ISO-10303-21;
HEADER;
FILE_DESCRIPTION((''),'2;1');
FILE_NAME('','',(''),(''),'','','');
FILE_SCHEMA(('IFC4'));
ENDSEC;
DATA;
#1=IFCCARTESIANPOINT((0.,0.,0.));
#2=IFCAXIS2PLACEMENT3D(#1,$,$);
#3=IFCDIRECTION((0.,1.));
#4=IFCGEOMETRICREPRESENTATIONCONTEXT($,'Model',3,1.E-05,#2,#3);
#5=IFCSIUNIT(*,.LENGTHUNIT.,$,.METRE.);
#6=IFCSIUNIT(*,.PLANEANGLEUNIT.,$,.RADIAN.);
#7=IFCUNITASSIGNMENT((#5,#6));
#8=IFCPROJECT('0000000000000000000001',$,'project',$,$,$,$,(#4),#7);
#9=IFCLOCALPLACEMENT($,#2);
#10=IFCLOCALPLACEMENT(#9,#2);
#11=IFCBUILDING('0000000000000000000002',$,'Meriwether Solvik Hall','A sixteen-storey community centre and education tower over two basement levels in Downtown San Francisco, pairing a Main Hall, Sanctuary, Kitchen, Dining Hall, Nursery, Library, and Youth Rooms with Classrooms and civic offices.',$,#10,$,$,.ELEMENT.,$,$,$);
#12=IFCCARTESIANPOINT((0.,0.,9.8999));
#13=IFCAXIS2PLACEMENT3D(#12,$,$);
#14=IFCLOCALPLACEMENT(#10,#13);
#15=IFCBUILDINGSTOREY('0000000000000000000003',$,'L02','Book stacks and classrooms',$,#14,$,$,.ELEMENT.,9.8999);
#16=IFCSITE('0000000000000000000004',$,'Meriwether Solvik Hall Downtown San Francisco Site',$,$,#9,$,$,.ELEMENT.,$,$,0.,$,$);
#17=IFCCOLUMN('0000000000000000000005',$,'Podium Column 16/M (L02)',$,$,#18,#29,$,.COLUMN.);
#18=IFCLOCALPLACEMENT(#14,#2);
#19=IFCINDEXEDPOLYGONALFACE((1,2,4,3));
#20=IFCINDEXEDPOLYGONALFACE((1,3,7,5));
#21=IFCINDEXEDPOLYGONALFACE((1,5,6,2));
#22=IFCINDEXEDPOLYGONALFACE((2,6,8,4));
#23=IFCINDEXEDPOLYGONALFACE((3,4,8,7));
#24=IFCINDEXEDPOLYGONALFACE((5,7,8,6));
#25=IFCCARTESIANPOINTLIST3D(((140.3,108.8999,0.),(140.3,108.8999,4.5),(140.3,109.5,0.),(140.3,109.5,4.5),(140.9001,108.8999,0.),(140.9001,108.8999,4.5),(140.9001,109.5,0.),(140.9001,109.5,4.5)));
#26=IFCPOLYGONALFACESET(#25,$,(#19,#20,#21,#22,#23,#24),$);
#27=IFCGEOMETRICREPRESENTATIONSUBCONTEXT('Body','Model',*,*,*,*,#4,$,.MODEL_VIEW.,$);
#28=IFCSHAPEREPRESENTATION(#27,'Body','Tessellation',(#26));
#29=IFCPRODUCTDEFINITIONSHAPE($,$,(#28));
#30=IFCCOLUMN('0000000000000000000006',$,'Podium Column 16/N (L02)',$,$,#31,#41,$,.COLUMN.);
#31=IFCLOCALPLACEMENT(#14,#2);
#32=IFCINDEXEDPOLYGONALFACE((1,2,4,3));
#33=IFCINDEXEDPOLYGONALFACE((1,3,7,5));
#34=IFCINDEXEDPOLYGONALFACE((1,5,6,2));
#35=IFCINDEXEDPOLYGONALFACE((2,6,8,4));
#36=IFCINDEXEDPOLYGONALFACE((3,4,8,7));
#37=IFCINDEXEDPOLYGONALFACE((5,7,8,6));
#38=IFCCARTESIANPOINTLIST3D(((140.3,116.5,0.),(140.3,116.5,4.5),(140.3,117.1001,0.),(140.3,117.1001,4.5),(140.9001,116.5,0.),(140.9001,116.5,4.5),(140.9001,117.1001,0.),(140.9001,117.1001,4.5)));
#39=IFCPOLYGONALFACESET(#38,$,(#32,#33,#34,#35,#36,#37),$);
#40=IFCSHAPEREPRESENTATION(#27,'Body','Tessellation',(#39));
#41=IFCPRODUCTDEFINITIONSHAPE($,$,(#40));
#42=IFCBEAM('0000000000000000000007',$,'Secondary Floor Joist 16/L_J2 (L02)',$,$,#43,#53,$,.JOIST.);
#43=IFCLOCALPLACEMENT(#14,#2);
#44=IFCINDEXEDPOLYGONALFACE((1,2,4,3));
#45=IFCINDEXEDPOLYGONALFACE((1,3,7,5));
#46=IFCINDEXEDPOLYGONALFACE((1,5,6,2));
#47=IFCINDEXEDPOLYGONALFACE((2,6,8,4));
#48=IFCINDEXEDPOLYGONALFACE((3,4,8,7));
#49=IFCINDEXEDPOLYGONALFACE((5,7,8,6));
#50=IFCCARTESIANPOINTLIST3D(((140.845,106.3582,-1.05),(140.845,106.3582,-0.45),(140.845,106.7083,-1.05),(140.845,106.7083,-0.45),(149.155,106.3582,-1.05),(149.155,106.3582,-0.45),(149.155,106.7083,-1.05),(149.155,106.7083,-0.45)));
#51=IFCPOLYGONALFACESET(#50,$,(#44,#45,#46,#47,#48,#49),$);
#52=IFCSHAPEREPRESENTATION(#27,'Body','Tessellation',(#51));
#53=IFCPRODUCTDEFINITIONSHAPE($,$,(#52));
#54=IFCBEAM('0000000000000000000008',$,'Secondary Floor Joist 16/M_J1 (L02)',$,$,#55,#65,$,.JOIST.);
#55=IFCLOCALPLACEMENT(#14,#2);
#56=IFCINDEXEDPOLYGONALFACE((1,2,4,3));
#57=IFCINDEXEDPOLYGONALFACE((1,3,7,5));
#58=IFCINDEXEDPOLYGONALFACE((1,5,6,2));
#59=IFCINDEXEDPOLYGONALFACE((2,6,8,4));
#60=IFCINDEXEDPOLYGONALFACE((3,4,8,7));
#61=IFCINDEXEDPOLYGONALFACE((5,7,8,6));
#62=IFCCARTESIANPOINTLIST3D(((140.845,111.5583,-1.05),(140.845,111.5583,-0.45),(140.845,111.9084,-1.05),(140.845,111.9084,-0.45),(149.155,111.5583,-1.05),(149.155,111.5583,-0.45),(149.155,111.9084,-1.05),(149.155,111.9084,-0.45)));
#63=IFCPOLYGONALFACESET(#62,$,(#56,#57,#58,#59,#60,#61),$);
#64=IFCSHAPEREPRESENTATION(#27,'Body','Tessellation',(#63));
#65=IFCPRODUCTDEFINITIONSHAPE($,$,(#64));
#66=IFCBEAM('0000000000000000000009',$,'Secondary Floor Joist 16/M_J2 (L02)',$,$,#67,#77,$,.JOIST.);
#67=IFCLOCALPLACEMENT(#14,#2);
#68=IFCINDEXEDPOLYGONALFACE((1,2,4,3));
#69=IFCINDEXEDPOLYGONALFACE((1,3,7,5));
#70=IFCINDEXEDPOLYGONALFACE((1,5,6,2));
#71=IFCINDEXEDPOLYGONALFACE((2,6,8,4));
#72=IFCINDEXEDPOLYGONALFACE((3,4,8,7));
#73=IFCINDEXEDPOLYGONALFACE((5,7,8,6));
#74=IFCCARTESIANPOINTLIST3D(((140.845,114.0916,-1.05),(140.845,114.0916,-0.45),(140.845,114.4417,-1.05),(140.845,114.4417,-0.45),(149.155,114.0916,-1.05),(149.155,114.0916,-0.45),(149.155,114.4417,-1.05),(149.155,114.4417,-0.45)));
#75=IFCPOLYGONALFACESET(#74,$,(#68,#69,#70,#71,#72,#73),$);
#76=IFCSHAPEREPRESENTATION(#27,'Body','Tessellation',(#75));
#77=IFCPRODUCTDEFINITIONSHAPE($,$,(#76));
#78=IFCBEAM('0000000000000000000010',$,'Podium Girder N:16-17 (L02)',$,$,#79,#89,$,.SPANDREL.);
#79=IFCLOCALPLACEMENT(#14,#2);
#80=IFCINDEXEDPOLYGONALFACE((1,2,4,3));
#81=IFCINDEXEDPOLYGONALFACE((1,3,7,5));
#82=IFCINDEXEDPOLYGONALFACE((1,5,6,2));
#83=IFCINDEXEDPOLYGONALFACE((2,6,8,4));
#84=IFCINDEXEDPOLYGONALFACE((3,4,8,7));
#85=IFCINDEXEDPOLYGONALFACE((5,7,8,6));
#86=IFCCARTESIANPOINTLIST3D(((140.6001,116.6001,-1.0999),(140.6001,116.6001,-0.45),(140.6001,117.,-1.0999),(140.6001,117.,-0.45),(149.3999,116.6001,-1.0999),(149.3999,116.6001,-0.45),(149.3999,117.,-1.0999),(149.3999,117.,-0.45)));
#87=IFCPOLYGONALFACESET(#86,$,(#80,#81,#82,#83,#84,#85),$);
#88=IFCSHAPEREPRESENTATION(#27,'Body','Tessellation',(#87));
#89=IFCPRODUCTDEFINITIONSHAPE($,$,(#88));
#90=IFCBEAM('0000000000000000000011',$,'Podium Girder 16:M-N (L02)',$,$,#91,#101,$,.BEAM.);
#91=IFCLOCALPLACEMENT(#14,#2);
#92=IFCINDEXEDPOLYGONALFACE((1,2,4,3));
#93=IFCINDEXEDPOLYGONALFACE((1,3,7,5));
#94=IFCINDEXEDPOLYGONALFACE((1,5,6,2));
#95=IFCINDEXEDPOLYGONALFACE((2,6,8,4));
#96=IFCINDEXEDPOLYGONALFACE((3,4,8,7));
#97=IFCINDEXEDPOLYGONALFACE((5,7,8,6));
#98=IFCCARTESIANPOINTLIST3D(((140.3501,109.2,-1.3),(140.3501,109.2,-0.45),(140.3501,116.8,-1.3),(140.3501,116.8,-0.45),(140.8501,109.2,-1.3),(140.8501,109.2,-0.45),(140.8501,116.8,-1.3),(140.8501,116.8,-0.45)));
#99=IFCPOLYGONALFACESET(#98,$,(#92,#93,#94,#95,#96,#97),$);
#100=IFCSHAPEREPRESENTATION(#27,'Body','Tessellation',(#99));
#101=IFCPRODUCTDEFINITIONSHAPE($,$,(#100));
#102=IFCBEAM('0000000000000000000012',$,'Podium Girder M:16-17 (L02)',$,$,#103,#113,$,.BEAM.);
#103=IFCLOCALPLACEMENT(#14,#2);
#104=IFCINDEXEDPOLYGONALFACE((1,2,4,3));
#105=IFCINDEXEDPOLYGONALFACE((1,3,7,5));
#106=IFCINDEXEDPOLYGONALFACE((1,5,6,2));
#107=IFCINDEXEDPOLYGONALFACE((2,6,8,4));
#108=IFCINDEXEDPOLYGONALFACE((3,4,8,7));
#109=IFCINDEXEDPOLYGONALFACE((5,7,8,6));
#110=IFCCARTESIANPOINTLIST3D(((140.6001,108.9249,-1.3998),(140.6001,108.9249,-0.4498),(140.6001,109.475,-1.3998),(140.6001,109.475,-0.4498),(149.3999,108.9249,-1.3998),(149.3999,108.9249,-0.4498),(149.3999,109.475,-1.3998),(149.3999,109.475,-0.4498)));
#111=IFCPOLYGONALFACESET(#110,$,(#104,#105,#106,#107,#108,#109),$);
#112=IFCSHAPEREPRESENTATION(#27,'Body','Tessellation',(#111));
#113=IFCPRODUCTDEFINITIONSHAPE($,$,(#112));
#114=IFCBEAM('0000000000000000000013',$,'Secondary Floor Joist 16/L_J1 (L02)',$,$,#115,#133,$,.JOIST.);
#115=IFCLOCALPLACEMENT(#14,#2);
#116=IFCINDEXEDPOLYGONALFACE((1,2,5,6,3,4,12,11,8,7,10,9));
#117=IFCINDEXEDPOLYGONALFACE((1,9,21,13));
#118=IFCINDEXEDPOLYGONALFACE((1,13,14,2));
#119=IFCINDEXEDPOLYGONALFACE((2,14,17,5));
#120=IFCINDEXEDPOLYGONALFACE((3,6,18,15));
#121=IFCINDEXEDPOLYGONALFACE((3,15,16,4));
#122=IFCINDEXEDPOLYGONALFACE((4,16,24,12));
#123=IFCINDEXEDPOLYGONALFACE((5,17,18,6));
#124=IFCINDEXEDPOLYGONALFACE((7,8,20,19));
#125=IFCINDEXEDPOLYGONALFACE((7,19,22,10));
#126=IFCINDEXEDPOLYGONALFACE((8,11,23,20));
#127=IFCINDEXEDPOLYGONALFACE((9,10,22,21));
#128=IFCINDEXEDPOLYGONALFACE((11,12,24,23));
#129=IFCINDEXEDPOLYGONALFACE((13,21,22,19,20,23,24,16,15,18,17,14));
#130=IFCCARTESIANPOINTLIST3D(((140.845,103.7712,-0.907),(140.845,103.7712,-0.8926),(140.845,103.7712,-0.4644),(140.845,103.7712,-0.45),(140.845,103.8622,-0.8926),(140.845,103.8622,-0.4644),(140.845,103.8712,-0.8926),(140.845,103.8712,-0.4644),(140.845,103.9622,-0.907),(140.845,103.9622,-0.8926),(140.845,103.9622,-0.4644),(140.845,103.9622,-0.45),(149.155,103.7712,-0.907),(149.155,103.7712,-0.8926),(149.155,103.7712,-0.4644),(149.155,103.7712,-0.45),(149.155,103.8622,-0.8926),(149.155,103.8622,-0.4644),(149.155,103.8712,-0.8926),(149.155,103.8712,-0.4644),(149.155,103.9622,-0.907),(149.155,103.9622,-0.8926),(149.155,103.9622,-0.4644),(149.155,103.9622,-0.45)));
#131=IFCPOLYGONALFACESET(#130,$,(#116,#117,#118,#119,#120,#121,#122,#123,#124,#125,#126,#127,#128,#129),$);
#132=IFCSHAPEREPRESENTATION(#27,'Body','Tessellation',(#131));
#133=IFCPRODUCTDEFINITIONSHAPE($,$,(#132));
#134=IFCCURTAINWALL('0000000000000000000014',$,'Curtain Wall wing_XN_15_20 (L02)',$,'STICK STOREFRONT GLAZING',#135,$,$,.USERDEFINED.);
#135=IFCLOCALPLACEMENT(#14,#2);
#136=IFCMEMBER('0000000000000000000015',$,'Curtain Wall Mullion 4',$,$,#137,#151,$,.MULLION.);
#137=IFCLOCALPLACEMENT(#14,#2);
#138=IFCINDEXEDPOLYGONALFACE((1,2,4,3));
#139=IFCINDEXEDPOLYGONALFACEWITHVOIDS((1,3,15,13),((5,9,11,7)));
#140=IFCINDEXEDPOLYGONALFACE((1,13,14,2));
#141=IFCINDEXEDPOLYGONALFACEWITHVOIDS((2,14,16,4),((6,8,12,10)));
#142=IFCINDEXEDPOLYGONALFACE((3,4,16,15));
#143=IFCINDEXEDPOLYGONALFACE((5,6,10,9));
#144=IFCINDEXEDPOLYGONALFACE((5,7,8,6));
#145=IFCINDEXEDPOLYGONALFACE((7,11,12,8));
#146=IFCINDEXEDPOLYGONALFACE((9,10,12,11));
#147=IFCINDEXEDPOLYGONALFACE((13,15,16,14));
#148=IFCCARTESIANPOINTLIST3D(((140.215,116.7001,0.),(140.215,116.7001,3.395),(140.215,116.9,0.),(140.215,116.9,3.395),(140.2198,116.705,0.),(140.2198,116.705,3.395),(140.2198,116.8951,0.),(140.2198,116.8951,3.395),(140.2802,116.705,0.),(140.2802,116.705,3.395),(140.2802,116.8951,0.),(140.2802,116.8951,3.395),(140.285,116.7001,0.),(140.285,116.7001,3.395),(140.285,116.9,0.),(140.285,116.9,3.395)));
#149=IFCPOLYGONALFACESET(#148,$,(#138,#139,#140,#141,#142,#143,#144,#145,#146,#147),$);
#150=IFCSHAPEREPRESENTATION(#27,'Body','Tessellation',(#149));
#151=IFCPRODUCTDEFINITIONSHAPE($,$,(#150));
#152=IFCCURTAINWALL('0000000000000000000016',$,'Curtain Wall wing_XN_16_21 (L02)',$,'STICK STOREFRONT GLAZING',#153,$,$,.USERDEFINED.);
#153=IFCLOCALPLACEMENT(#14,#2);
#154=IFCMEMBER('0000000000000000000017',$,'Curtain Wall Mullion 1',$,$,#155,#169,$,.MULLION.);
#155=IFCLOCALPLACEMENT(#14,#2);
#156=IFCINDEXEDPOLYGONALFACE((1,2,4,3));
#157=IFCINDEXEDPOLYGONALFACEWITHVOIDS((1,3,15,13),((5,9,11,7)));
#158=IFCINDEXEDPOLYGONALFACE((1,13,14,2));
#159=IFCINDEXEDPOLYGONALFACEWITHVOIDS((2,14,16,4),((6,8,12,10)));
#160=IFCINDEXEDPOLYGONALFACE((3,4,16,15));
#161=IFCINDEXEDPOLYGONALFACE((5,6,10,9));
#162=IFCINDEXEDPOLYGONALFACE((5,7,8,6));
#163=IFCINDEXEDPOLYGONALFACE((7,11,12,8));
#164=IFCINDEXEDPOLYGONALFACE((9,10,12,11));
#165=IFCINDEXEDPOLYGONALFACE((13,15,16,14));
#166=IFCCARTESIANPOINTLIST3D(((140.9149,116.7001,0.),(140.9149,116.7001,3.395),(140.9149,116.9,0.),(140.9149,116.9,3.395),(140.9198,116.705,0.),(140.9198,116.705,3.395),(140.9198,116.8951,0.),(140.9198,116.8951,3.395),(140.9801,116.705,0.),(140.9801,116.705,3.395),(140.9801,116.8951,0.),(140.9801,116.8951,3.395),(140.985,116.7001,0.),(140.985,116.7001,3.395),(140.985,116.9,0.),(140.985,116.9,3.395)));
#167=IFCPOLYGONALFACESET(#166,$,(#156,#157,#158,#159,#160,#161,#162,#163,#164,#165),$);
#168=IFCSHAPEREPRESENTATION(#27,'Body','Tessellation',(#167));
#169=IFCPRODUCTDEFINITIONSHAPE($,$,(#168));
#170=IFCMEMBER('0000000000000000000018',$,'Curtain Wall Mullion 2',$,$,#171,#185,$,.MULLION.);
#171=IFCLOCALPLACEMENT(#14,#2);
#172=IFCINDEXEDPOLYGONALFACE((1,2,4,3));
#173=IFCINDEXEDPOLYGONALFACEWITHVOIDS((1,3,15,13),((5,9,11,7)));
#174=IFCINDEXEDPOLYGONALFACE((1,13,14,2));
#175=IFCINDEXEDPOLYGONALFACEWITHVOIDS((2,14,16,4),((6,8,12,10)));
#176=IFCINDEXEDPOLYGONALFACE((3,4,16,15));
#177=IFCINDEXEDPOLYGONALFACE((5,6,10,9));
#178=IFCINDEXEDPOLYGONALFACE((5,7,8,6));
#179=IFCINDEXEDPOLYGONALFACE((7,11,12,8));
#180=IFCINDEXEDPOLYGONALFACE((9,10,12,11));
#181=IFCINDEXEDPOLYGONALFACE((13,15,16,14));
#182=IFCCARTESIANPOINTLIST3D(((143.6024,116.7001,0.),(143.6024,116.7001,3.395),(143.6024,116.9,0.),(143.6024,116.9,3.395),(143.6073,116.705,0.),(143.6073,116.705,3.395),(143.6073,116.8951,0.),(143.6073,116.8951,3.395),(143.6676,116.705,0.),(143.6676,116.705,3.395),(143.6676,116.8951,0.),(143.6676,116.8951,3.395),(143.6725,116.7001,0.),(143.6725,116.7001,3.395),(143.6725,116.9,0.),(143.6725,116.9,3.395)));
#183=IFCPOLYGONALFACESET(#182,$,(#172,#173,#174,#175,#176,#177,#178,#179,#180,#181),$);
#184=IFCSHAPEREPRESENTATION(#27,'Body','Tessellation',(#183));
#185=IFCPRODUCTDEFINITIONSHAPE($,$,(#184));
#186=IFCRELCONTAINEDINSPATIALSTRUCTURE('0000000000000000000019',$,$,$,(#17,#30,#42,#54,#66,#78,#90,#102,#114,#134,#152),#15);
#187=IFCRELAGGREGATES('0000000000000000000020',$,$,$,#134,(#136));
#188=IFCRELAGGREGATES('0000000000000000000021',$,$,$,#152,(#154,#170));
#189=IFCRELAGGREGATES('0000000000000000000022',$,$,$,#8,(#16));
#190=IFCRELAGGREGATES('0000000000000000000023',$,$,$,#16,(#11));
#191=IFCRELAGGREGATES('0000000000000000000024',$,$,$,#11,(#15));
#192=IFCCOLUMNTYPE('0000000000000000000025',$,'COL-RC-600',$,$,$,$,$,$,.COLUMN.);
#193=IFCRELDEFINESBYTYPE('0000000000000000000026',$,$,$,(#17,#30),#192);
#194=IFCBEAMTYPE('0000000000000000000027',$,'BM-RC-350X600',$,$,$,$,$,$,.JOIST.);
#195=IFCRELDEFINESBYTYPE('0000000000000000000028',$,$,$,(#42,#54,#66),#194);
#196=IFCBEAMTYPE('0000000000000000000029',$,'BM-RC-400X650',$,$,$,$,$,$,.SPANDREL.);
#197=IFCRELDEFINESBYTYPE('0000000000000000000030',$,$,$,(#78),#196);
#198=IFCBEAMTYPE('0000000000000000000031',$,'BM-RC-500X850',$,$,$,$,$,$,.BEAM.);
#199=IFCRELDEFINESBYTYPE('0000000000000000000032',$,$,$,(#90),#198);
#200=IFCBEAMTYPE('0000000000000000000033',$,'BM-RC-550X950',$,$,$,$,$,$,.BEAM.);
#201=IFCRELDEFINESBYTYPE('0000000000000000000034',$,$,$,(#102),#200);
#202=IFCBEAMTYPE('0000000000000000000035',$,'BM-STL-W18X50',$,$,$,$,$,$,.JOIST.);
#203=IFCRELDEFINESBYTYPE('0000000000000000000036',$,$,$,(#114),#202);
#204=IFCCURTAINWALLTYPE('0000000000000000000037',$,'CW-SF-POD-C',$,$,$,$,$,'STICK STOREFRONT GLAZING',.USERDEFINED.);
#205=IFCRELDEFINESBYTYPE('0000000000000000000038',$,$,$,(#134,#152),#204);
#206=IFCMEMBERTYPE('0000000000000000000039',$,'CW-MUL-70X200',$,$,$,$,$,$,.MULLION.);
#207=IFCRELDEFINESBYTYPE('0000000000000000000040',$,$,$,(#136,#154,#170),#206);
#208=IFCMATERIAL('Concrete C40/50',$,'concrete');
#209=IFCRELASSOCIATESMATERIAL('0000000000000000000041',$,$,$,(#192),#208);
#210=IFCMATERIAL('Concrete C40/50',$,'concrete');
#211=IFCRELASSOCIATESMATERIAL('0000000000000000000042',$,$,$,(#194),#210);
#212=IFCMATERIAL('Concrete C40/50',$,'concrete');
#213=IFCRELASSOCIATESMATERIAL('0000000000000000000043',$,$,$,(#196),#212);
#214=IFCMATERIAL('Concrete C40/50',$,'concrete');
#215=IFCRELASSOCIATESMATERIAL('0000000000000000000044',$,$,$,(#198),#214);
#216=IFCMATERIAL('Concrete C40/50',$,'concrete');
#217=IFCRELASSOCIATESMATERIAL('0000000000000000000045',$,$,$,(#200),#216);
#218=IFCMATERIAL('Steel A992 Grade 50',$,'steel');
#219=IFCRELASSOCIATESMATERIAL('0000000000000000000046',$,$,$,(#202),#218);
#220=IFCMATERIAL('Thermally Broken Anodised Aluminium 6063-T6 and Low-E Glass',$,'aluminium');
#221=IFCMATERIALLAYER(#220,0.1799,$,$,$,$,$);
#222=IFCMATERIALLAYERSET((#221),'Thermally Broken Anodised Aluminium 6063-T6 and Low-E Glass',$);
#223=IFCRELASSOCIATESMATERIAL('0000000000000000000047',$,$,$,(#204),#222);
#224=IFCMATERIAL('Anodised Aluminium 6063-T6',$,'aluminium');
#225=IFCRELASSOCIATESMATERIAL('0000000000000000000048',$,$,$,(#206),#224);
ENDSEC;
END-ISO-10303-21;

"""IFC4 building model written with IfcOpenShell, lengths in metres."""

from ifc_helpers import new_model, si_unit, direction, frame, origin, origin_2d, place, context, subcontext, project, spatial, rectangle, hollow_rectangle, i_section, extrude, material, layer, layer_set, material_profile, profile_set, type_object, element, aggregate, save


model = new_model("IFC4")

# Units and contexts
model_context = context("Model", 3, precision=1e-05, world=origin(), true_north=direction((0.0, 1.0)))
body_context = subcontext(model_context, "Body", "Model", "MODEL_VIEW")
ifc_project = project(units=[si_unit("LENGTHUNIT", "METRE"), si_unit("PLANEANGLEUNIT", "RADIAN")], contexts=[model_context])

# Site, building, storey
site_placement = place(None, origin())
site = spatial("IfcSite", under=ifc_project, at=site_placement, Name="Meriwether Solvik Hall Downtown San Francisco Site", CompositionType="ELEMENT", RefElevation=0.0)
building_placement = place(site_placement, origin())
building = spatial("IfcBuilding", under=site, at=building_placement, Name="Meriwether Solvik Hall", Description="A sixteen-storey community centre and education tower over two basement levels in Downtown San Francisco, pairing a Main Hall, Sanctuary, Kitchen, Dining Hall, Nursery, Library, and Youth Rooms with Classrooms and civic offices.", CompositionType="ELEMENT")
storey_placement = place(building_placement, frame((0.0, 0.0, 9.8999)))
storey = spatial("IfcBuildingStorey", under=building, at=storey_placement, Name="L02", Description="Book stacks and classrooms", CompositionType="ELEMENT", Elevation=9.8999)

# Columns
ifc_material_1 = material(Name="Concrete C40/50", Category="concrete")
ifc_material_profile_1 = material_profile(ifc_material_1, rectangle(XDim=0.6001, YDim=0.6001, at=origin_2d()), Name="RCC-600X600")
ifc_profile_set_1 = profile_set([ifc_material_profile_1], Name="Concrete C40/50")
column_type = type_object("IfcColumnType", Name="COL-RC-600", PredefinedType="COLUMN", material=ifc_profile_set_1)
for number, where, z_axis, x_axis, name in (
    (1, (140.6001, 109.2, 0.0), (0.0, 0.0, 1.0), (1.0, 0.0, 0.0), "Podium Column 16/M (L02)"),
    (2, (140.6001, 116.8, 0.0), (0.0, 0.0, 1.0), (1.0, 0.0, 0.0), "Podium Column 16/N (L02)"),
):
    element("IfcColumn", number, at=place(storey_placement, frame(where, z_axis=z_axis, x_axis=x_axis)), inside=storey, type_object=column_type, Name=name, PredefinedType="COLUMN", context=body_context, shape_type="SweptSolid", body=[
        extrude(rectangle(XDim=0.6001, YDim=0.6001, at=origin_2d()), origin(), (0.0, 0.0, 1.0), 4.5),
    ])

# Beams
ifc_material_2 = material(Name="Concrete C40/50", Category="concrete")
ifc_material_profile_2 = material_profile(ifc_material_2, rectangle(XDim=0.3501, YDim=0.6001, at=origin_2d()), Name="RCB-350X600")
ifc_profile_set_2 = profile_set([ifc_material_profile_2], Name="Concrete C40/50")
beam_type_1 = type_object("IfcBeamType", Name="BM-RC-350X600", PredefinedType="JOIST", material=ifc_profile_set_2)
for number, where, z_axis, x_axis, name in (
    (3, (140.845, 106.5332, -0.75), (1.0, 0.0, 0.0), (0.0, 1.0, 0.0), "Secondary Floor Joist 16/L_J2 (L02)"),
    (4, (140.845, 111.7334, -0.75), (1.0, 0.0, 0.0), (0.0, 1.0, 0.0), "Secondary Floor Joist 16/M_J1 (L02)"),
    (5, (140.845, 114.2666, -0.75), (1.0, 0.0, 0.0), (0.0, 1.0, 0.0), "Secondary Floor Joist 16/M_J2 (L02)"),
):
    element("IfcBeam", number, at=place(storey_placement, frame(where, z_axis=z_axis, x_axis=x_axis)), inside=storey, type_object=beam_type_1, Name=name, PredefinedType="JOIST", context=body_context, shape_type="SweptSolid", body=[
        extrude(rectangle(XDim=0.3501, YDim=0.6001, at=origin_2d()), origin(), (0.0, 0.0, 1.0), 8.3101),
    ])
ifc_material_3 = material(Name="Concrete C40/50", Category="concrete")
ifc_material_profile_3 = material_profile(ifc_material_3, rectangle(XDim=0.3999, YDim=0.6499, at=origin_2d()), Name="RCB-400X650")
ifc_profile_set_3 = profile_set([ifc_material_profile_3], Name="Concrete C40/50")
beam_type_2 = type_object("IfcBeamType", Name="BM-RC-400X650", PredefinedType="SPANDREL", material=ifc_profile_set_3)
beam_1_placement = place(storey_placement, frame((140.6001, 116.8, -0.7749), z_axis=(1.0, 0.0, 0.0), x_axis=(0.0, 1.0, 0.0)))
element("IfcBeam", 6, at=beam_1_placement, inside=storey, type_object=beam_type_2, Name="Podium Girder N:16-17 (L02)", PredefinedType="SPANDREL", context=body_context, shape_type="SweptSolid", body=[
    extrude(rectangle(XDim=0.3999, YDim=0.6499, at=origin_2d()), origin(), (0.0, 0.0, 1.0), 8.7998),
])
ifc_material_4 = material(Name="Concrete C40/50", Category="concrete")
ifc_material_profile_4 = material_profile(ifc_material_4, rectangle(XDim=0.5, YDim=0.8501, at=origin_2d()), Name="RCB-500X850")
ifc_profile_set_4 = profile_set([ifc_material_profile_4], Name="Concrete C40/50")
beam_type_3 = type_object("IfcBeamType", Name="BM-RC-500X850", PredefinedType="BEAM", material=ifc_profile_set_4)
beam_2_placement = place(storey_placement, frame((140.6001, 109.2, -0.875), z_axis=(0.0, 1.0, 0.0), x_axis=(-1.0, 0.0, 0.0)))
element("IfcBeam", 7, at=beam_2_placement, inside=storey, type_object=beam_type_3, Name="Podium Girder 16:M-N (L02)", PredefinedType="BEAM", context=body_context, shape_type="SweptSolid", body=[
    extrude(rectangle(XDim=0.5, YDim=0.8501, at=origin_2d()), origin(), (0.0, 0.0, 1.0), 7.6001),
])
ifc_material_5 = material(Name="Concrete C40/50", Category="concrete")
ifc_material_profile_5 = material_profile(ifc_material_5, rectangle(XDim=0.55, YDim=0.95, at=origin_2d()), Name="RCB-550X950")
ifc_profile_set_5 = profile_set([ifc_material_profile_5], Name="Concrete C40/50")
beam_type_4 = type_object("IfcBeamType", Name="BM-RC-550X950", PredefinedType="BEAM", material=ifc_profile_set_5)
beam_3_placement = place(storey_placement, frame((140.6001, 109.2, -0.9248), z_axis=(1.0, 0.0, 0.0), x_axis=(0.0, 1.0, 0.0)))
element("IfcBeam", 8, at=beam_3_placement, inside=storey, type_object=beam_type_4, Name="Podium Girder M:16-17 (L02)", PredefinedType="BEAM", context=body_context, shape_type="SweptSolid", body=[
    extrude(rectangle(XDim=0.55, YDim=0.95, at=origin_2d()), origin(), (0.0, 0.0, 1.0), 8.7998),
])
ifc_material_6 = material(Name="Steel A992 Grade 50", Category="steel")
ifc_material_profile_6 = material_profile(ifc_material_6, i_section(OverallWidth=0.1909, OverallDepth=0.457, WebThickness=0.009, FlangeThickness=0.0144, at=origin_2d()), Name="W18X50")
ifc_profile_set_6 = profile_set([ifc_material_profile_6], Name="Steel A992 Grade 50")
beam_type_5 = type_object("IfcBeamType", Name="BM-STL-W18X50", PredefinedType="JOIST", material=ifc_profile_set_6)
beam_4_placement = place(storey_placement, frame((140.845, 103.8667, -0.6785), z_axis=(1.0, 0.0, 0.0), x_axis=(0.0, 1.0, 0.0)))
element("IfcBeam", 9, at=beam_4_placement, inside=storey, type_object=beam_type_5, Name="Secondary Floor Joist 16/L_J1 (L02)", PredefinedType="JOIST", context=body_context, shape_type="SweptSolid", body=[
    extrude(i_section(OverallWidth=0.1909, OverallDepth=0.457, WebThickness=0.009, FlangeThickness=0.0144, at=origin_2d()), origin(), (0.0, 0.0, 1.0), 8.3101),
])

# Curtain wall, member
ifc_material_7 = material(Name="Thermally Broken Anodised Aluminium 6063-T6 and Low-E Glass", Category="aluminium")
ifc_layer_1 = layer(ifc_material_7, 0.1799)
ifc_layer_set_1 = layer_set([ifc_layer_1], Name="Thermally Broken Anodised Aluminium 6063-T6 and Low-E Glass")
curtain_wall_type = type_object("IfcCurtainWallType", Name="CW-SF-POD-C", ElementType="STICK STOREFRONT GLAZING", PredefinedType="USERDEFINED", material=ifc_layer_set_1)
curtain_wall_1_placement = place(storey_placement, origin())
curtain_wall_1 = element("IfcCurtainWall", 10, at=curtain_wall_1_placement, inside=storey, type_object=curtain_wall_type, Name="Curtain Wall wing_XN_15_20 (L02)", ObjectType="STICK STOREFRONT GLAZING", PredefinedType="USERDEFINED")
ifc_material_8 = material(Name="Anodised Aluminium 6063-T6", Category="aluminium")
ifc_material_profile_7 = material_profile(ifc_material_8, hollow_rectangle(XDim=0.0701, YDim=0.2, WallThickness=0.0049, at=origin_2d()), Name="CWM-70X200")
ifc_profile_set_7 = profile_set([ifc_material_profile_7], Name="Anodised Aluminium 6063-T6")
member_type_1 = type_object("IfcMemberType", Name="CW-MUL-70X200", PredefinedType="MULLION", material=ifc_profile_set_7)
member_1_placement = place(storey_placement, frame((140.25, 116.8, 0.0), z_axis=(0.0, 0.0, 1.0), x_axis=(1.0, 0.0, 0.0)))
member_1 = element("IfcMember", 11, at=member_1_placement, type_object=member_type_1, Name="Curtain Wall Mullion 4", PredefinedType="MULLION", context=body_context, shape_type="SweptSolid", body=[
    extrude(hollow_rectangle(XDim=0.0701, YDim=0.2, WallThickness=0.0049, at=origin_2d()), origin(), (0.0, 0.0, 1.0), 3.395),
])

# Curtain wall, members
curtain_wall_2_placement = place(storey_placement, origin())
curtain_wall_2 = element("IfcCurtainWall", 12, at=curtain_wall_2_placement, inside=storey, type_object=curtain_wall_type, Name="Curtain Wall wing_XN_16_21 (L02)", ObjectType="STICK STOREFRONT GLAZING", PredefinedType="USERDEFINED")
member_2_placement = place(storey_placement, frame((140.95, 116.8, 0.0), z_axis=(0.0, 0.0, 1.0), x_axis=(1.0, 0.0, 0.0)))
member_2 = element("IfcMember", 13, at=member_2_placement, type_object=member_type_1, Name="Curtain Wall Mullion 1", PredefinedType="MULLION", context=body_context, shape_type="SweptSolid", body=[
    extrude(hollow_rectangle(XDim=0.0701, YDim=0.2, WallThickness=0.0049, at=origin_2d()), origin(), (0.0, 0.0, 1.0), 3.395),
])
member_3_placement = place(storey_placement, frame((143.6375, 116.8, 0.0), z_axis=(0.0, 0.0, 1.0), x_axis=(1.0, 0.0, 0.0)))
member_3 = element("IfcMember", 14, at=member_3_placement, type_object=member_type_1, Name="Curtain Wall Mullion 2", PredefinedType="MULLION", context=body_context, shape_type="SweptSolid", body=[
    extrude(hollow_rectangle(XDim=0.0701, YDim=0.2, WallThickness=0.0049, at=origin_2d()), origin(), (0.0, 0.0, 1.0), 3.395),
])

aggregate(curtain_wall_1, [member_1])
aggregate(curtain_wall_2, [member_2, member_3])

save(model, "model.ifc")
